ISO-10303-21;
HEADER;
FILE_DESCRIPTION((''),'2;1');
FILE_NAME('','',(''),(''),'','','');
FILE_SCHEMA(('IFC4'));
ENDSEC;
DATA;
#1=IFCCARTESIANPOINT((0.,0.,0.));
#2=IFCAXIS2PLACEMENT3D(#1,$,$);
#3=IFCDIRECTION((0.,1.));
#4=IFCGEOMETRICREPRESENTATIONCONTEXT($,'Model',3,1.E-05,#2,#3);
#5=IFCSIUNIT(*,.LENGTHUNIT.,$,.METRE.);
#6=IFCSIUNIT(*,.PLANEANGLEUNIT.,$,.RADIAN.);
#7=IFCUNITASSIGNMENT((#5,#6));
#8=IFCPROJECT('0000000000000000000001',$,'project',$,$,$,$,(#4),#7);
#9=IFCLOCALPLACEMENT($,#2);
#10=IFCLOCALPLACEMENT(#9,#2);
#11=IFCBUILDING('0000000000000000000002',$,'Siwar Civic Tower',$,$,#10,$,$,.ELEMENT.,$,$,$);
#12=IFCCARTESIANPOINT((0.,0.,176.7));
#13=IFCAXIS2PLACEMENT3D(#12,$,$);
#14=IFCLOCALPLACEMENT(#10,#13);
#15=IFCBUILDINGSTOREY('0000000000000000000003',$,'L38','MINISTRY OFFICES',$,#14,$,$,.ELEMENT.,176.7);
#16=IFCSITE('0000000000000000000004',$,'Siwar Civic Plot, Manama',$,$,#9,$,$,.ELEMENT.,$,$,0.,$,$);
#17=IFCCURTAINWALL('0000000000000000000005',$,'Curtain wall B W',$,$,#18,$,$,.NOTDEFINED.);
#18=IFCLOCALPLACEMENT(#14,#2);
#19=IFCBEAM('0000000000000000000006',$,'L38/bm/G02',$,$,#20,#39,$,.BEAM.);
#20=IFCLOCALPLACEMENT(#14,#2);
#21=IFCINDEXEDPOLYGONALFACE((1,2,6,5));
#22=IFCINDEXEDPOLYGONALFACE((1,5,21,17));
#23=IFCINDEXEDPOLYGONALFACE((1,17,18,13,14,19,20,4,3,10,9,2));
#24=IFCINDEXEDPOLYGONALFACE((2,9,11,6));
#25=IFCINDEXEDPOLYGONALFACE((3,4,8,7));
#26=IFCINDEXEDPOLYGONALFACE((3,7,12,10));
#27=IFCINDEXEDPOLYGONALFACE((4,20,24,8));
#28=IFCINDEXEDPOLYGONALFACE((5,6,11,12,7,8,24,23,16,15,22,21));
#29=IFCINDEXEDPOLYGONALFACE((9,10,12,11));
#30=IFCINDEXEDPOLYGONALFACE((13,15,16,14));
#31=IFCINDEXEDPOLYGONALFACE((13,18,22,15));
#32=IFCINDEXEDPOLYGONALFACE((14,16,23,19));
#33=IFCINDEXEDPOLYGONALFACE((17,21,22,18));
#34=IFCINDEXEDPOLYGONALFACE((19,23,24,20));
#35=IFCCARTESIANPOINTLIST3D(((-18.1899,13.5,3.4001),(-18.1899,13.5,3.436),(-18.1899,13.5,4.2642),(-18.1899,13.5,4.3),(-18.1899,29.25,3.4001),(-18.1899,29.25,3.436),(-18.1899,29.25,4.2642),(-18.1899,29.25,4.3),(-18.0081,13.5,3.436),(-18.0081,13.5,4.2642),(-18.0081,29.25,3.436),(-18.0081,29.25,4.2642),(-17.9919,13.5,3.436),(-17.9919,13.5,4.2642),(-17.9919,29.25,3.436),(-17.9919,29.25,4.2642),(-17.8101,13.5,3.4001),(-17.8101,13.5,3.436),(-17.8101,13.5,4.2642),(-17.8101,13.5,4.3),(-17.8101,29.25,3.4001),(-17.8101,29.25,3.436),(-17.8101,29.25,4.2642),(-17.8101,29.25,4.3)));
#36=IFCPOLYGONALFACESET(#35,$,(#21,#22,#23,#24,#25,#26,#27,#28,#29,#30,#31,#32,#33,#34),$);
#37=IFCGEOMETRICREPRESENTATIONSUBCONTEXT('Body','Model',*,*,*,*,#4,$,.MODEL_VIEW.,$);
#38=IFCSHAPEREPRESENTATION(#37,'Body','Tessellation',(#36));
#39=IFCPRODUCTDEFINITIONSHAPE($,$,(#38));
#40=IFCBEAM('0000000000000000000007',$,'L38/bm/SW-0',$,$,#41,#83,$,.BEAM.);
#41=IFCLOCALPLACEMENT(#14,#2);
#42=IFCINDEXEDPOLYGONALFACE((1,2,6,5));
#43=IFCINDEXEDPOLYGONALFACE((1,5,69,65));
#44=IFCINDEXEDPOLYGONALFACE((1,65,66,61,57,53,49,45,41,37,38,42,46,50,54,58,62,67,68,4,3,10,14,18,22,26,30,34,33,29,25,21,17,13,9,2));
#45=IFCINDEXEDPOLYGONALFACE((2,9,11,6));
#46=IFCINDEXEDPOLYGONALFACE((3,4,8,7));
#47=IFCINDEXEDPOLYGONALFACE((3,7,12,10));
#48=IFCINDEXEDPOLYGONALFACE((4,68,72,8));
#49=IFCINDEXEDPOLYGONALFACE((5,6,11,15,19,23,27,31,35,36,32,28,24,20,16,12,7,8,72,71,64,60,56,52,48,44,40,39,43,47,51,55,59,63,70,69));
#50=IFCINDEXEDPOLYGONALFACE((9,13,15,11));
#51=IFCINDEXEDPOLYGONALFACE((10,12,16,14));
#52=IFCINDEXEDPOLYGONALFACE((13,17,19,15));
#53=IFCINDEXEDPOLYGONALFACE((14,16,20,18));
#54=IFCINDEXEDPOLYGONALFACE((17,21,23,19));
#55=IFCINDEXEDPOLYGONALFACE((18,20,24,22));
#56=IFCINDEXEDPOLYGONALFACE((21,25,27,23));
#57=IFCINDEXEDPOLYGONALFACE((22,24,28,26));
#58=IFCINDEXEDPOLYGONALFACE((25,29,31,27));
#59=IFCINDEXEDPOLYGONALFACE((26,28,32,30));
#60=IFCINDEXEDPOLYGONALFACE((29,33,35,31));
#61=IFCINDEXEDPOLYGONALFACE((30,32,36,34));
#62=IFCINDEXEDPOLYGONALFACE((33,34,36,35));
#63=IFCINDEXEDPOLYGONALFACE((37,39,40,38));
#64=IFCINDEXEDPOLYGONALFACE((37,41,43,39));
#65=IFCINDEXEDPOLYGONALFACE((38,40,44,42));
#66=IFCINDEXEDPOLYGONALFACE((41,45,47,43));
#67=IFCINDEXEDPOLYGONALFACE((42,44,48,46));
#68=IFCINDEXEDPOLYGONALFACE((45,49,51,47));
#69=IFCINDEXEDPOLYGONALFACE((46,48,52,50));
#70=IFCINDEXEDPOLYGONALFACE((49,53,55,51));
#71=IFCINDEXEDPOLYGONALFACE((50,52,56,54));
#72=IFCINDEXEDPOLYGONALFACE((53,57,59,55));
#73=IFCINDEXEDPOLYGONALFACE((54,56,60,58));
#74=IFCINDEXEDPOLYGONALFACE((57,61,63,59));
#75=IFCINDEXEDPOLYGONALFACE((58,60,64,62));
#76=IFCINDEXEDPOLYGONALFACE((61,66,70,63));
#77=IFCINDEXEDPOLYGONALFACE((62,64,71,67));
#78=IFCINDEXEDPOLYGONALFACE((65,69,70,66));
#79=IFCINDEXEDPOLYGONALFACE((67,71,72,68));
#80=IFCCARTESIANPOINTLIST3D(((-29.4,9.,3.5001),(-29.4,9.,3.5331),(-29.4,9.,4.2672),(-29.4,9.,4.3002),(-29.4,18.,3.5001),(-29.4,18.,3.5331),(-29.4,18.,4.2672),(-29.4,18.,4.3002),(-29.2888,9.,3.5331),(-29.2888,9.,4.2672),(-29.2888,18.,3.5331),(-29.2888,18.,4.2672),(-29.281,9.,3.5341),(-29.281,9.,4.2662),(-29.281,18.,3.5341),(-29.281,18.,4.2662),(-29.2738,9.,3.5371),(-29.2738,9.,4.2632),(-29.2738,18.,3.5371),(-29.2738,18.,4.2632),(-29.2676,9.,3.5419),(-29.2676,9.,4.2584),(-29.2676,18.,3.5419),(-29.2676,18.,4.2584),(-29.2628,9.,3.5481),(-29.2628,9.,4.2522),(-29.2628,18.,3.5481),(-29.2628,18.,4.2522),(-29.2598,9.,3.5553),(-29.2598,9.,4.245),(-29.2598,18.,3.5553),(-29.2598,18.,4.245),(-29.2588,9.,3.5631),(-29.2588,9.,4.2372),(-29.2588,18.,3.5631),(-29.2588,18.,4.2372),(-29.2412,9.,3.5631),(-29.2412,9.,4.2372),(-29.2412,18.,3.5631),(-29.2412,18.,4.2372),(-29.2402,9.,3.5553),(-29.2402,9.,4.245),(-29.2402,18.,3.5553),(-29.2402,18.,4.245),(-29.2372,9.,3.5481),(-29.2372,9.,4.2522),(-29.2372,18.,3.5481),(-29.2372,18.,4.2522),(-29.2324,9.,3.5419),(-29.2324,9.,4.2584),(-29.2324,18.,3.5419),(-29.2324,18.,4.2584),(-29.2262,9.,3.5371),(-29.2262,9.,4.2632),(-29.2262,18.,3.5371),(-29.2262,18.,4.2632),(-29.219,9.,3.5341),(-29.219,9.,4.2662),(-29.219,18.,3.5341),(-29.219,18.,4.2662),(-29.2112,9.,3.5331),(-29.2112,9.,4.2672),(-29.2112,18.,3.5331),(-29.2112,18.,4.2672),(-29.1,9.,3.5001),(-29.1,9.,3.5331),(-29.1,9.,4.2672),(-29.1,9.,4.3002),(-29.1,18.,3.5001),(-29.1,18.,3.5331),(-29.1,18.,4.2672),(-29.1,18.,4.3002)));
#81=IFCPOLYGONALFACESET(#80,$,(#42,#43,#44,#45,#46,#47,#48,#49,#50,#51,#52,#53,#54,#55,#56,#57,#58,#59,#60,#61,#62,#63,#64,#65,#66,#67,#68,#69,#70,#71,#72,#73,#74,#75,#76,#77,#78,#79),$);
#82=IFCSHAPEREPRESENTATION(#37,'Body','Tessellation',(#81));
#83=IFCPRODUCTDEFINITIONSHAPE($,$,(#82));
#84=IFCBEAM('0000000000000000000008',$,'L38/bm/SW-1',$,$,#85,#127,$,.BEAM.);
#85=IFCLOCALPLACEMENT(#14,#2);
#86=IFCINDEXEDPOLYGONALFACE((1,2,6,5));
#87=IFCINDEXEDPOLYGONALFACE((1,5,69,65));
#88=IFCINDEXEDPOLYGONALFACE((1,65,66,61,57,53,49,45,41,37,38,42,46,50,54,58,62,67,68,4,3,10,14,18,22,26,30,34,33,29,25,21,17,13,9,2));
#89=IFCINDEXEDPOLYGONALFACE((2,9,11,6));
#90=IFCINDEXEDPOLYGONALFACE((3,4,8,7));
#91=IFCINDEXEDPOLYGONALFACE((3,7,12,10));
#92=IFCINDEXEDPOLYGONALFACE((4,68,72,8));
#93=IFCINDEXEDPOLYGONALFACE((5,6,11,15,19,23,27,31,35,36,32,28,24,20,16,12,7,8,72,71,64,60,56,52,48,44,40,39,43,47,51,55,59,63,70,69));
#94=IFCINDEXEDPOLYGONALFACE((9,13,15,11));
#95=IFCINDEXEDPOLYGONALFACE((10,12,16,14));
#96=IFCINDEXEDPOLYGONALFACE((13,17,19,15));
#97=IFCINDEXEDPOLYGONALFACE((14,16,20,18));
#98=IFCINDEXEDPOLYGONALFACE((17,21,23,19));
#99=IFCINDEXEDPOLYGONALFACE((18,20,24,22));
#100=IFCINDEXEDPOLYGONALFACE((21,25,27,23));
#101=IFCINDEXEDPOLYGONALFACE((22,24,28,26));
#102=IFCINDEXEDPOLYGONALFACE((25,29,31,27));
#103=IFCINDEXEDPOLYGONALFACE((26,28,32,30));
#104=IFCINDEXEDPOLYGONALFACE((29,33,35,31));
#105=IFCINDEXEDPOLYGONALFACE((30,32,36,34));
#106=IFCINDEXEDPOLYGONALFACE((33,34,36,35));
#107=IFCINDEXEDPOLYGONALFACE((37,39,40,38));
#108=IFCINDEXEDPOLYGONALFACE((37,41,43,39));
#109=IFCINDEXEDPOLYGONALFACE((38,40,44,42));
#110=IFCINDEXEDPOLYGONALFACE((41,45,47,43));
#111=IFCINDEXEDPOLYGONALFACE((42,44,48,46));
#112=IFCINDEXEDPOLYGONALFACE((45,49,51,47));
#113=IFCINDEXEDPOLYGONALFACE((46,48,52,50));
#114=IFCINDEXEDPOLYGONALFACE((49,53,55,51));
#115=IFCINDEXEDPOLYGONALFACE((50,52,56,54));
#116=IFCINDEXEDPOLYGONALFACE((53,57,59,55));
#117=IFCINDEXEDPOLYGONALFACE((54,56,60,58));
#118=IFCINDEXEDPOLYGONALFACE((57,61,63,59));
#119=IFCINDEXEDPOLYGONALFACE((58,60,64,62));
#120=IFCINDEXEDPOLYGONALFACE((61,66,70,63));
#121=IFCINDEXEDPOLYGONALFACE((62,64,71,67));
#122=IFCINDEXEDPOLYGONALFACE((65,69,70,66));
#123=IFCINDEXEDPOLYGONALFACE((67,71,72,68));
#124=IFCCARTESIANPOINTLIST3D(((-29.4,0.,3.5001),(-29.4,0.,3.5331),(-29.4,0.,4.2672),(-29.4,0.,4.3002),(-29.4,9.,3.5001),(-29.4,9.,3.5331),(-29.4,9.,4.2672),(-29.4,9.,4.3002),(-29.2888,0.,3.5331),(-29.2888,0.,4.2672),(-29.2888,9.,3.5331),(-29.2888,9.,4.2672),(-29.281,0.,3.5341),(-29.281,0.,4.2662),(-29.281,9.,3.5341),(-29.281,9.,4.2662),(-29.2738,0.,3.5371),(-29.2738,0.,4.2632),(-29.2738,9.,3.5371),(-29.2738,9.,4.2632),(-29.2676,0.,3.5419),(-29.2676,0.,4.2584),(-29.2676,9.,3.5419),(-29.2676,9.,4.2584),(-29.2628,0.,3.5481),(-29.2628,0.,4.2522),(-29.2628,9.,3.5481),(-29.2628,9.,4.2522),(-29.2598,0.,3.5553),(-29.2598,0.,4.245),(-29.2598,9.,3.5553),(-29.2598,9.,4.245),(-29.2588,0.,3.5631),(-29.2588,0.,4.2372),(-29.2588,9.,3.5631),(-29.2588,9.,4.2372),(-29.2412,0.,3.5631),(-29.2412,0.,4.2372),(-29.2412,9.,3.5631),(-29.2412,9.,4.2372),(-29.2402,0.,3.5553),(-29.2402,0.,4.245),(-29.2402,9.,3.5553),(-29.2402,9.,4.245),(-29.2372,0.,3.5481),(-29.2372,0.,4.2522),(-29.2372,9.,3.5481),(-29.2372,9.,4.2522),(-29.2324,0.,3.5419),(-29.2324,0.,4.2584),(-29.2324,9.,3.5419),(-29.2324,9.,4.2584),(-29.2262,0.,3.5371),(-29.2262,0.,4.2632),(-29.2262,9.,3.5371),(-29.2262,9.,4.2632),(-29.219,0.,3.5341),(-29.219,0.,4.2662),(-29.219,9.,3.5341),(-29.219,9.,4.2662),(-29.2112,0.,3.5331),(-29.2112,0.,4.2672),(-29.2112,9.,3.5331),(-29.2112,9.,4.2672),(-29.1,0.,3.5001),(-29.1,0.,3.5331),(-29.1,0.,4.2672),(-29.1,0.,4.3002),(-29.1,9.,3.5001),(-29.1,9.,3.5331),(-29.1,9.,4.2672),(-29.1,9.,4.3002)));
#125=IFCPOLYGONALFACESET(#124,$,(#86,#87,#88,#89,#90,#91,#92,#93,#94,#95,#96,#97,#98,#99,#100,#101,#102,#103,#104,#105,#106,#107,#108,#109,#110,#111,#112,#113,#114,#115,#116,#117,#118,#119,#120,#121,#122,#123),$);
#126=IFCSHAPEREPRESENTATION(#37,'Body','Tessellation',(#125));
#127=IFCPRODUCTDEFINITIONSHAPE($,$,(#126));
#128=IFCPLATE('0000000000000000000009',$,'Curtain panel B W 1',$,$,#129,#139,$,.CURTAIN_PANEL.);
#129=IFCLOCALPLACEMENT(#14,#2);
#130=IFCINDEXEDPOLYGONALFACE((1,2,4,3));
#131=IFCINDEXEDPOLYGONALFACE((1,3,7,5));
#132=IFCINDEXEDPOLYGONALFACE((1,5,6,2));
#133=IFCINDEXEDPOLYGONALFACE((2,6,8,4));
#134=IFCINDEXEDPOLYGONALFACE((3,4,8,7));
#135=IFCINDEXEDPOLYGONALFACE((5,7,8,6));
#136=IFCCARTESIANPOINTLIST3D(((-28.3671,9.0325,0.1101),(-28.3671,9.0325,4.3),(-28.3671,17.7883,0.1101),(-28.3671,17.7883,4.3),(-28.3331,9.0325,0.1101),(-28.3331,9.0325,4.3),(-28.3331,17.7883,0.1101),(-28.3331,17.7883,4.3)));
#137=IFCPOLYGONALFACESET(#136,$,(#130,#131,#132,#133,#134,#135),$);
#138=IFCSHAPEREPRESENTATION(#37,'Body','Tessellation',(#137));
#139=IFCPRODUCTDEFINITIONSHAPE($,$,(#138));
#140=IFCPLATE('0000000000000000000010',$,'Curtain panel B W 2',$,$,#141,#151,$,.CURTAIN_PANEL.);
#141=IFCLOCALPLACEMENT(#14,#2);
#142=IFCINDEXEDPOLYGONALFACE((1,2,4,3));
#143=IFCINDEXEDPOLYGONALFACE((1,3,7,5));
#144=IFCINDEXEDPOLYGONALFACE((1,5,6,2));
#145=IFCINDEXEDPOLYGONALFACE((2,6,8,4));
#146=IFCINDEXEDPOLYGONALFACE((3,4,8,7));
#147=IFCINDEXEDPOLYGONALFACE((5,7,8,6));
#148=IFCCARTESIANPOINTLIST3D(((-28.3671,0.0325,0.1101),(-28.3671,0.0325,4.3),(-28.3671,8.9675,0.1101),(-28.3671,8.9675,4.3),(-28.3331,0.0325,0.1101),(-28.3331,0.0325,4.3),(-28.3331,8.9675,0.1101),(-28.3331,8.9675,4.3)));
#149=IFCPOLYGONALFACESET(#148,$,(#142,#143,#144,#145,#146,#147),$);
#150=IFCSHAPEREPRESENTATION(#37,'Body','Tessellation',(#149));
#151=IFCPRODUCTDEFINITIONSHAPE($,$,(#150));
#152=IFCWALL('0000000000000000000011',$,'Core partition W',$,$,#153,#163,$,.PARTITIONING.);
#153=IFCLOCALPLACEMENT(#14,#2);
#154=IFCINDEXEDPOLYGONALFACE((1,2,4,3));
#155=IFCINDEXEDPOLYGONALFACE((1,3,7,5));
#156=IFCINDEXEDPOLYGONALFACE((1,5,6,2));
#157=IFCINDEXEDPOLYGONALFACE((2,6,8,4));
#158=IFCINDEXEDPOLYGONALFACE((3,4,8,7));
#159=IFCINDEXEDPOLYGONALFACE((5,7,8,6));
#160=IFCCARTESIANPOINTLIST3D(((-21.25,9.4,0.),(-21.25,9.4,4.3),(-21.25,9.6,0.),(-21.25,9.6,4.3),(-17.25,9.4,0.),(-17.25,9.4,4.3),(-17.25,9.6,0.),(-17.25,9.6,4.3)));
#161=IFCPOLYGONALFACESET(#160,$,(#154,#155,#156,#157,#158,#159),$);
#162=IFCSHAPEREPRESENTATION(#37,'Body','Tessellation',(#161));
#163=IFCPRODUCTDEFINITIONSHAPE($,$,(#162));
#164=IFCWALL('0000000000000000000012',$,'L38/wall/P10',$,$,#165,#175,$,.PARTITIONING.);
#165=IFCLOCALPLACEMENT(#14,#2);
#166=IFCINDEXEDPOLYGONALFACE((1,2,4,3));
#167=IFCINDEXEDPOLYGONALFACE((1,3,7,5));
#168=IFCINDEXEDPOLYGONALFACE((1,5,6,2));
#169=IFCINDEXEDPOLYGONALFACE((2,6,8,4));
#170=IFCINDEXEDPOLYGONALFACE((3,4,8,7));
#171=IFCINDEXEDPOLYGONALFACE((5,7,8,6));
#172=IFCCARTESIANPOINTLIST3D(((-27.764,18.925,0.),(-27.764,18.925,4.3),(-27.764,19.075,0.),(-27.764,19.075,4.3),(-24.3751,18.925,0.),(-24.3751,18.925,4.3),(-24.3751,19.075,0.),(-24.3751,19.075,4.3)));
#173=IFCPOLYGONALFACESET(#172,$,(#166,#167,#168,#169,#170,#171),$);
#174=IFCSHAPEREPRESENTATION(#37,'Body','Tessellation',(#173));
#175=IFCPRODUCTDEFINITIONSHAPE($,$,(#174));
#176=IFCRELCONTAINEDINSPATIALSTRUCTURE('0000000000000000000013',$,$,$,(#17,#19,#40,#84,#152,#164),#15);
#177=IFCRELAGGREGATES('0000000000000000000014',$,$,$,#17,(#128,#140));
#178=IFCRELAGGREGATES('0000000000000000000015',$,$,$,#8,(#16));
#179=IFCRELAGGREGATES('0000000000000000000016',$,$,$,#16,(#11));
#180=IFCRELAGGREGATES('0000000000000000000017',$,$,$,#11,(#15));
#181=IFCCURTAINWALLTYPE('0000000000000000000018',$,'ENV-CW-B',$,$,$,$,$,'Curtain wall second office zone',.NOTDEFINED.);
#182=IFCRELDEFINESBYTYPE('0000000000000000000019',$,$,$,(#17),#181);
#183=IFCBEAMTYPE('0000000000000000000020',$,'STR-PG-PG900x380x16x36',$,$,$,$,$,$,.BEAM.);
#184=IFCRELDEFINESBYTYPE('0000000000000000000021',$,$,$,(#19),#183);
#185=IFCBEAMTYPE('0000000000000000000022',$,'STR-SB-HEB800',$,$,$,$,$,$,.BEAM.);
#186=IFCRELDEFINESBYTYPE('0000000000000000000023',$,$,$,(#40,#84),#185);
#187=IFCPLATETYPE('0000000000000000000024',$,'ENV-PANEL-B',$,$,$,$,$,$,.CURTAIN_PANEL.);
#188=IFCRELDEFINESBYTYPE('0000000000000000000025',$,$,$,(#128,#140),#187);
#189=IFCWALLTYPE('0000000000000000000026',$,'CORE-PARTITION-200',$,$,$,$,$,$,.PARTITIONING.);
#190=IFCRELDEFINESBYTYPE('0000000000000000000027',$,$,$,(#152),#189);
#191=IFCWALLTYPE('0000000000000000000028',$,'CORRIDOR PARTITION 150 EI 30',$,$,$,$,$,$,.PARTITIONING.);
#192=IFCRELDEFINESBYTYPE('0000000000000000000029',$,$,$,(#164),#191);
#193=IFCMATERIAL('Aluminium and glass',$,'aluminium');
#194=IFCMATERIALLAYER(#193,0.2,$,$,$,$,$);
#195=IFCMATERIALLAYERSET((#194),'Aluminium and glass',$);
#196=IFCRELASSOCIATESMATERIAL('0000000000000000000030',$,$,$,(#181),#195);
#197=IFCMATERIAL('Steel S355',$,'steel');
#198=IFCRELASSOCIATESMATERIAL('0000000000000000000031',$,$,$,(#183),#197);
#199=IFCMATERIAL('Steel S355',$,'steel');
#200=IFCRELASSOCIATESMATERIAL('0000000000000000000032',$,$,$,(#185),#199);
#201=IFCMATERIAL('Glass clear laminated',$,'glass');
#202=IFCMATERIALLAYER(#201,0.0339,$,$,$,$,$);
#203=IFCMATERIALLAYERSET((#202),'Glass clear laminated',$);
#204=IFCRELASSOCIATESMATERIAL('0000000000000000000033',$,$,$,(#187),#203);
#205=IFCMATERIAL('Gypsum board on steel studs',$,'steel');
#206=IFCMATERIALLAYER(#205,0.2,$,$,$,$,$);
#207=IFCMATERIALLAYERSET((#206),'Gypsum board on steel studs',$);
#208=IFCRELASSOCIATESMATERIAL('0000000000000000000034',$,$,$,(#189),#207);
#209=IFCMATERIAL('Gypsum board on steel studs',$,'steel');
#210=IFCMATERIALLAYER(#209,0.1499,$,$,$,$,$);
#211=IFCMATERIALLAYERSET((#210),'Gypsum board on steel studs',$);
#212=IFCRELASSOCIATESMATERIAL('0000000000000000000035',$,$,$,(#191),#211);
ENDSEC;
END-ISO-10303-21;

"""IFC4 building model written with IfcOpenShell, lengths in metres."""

from ifc_helpers import new_model, si_unit, direction, frame, frame_2d, origin, origin_2d, place, context, subcontext, project, spatial, rectangle, i_section, extrude, material, layer, layer_set, material_profile, profile_set, type_object, element, aggregate, save


model = new_model("IFC4")

# Units and contexts
model_context = context("Model", 3, precision=1e-05, world=origin(), true_north=direction((0.0, 1.0)))
body_context = subcontext(model_context, "Body", "Model", "MODEL_VIEW")
ifc_project = project(units=[si_unit("LENGTHUNIT", "METRE"), si_unit("PLANEANGLEUNIT", "RADIAN")], contexts=[model_context])

# Site, building, storey
site_placement = place(None, origin())
site = spatial("IfcSite", under=ifc_project, at=site_placement, Name="Siwar Civic Plot, Manama", CompositionType="ELEMENT", RefElevation=0.0)
building_placement = place(site_placement, origin())
building = spatial("IfcBuilding", under=site, at=building_placement, Name="Siwar Civic Tower", CompositionType="ELEMENT")
storey_placement = place(building_placement, frame((0.0, 0.0, 176.7)))
storey = spatial("IfcBuildingStorey", under=building, at=storey_placement, Name="L38", Description="MINISTRY OFFICES", CompositionType="ELEMENT", Elevation=176.7)

# Curtain wall
ifc_material_1 = material(Name="Aluminium and glass", Category="aluminium")
ifc_layer_1 = layer(ifc_material_1, 0.2)
ifc_layer_set_1 = layer_set([ifc_layer_1], Name="Aluminium and glass")
curtain_wall_type = type_object("IfcCurtainWallType", Name="ENV-CW-B", ElementType="Curtain wall second office zone", PredefinedType="NOTDEFINED", material=ifc_layer_set_1)
curtain_wall_placement = place(storey_placement, origin())
curtain_wall = element("IfcCurtainWall", 1, at=curtain_wall_placement, inside=storey, type_object=curtain_wall_type, Name="Curtain wall B W", PredefinedType="NOTDEFINED")

# Beams
ifc_material_2 = material(Name="Steel S355", Category="steel")
ifc_material_profile_1 = material_profile(ifc_material_2, i_section(OverallWidth=0.3799, OverallDepth=0.8999, WebThickness=0.0161, FlangeThickness=0.0359, at=origin_2d()), Name="PG900x380x16x36")
ifc_profile_set_1 = profile_set([ifc_material_profile_1], Name="Steel S355")
beam_type_1 = type_object("IfcBeamType", Name="STR-PG-PG900x380x16x36", PredefinedType="BEAM", material=ifc_profile_set_1)
beam_1_placement = place(storey_placement, frame((-18.0, 13.5, 3.8501), z_axis=(0.0, 1.0, 0.0), x_axis=(-1.0, 0.0, 0.0)))
element("IfcBeam", 2, at=beam_1_placement, inside=storey, type_object=beam_type_1, Name="L38/bm/G02", PredefinedType="BEAM", context=body_context, shape_type="SweptSolid", body=[
    extrude(i_section(OverallWidth=0.3799, OverallDepth=0.8999, WebThickness=0.0161, FlangeThickness=0.0359, at=origin_2d()), origin(), (0.0, 0.0, 1.0), 15.75),
])
ifc_material_3 = material(Name="Steel S355", Category="steel")
ifc_material_profile_2 = material_profile(ifc_material_3, i_section(OverallWidth=0.3, OverallDepth=0.8, WebThickness=0.0176, FlangeThickness=0.033, FilletRadius=0.03, at=origin_2d()), Name="HEB800")
ifc_profile_set_2 = profile_set([ifc_material_profile_2], Name="Steel S355")
beam_type_2 = type_object("IfcBeamType", Name="STR-SB-HEB800", PredefinedType="BEAM", material=ifc_profile_set_2)
for number, where, z_axis, x_axis, name in (
    (3, (-29.25, 18.0, 3.9001), (0.0, -1.0, 0.0), (1.0, 0.0, 0.0), "L38/bm/SW-0"),
    (4, (-29.25, 9.0, 3.9001), (0.0, -1.0, 0.0), (1.0, 0.0, 0.0), "L38/bm/SW-1"),
):
    element("IfcBeam", number, at=place(storey_placement, frame(where, z_axis=z_axis, x_axis=x_axis)), inside=storey, type_object=beam_type_2, Name=name, PredefinedType="BEAM", context=body_context, shape_type="SweptSolid", body=[
        extrude(i_section(OverallWidth=0.3, OverallDepth=0.8, WebThickness=0.0176, FlangeThickness=0.033, FilletRadius=0.03, at=origin_2d()), origin(), (0.0, 0.0, 1.0), 9.0),
    ])

# Plates
ifc_material_4 = material(Name="Glass clear laminated", Category="glass")
ifc_layer_2 = layer(ifc_material_4, 0.0339)
ifc_layer_set_2 = layer_set([ifc_layer_2], Name="Glass clear laminated")
plate_type = type_object("IfcPlateType", Name="ENV-PANEL-B", PredefinedType="CURTAIN_PANEL", material=ifc_layer_set_2)
plate_1_placement = place(storey_placement, frame((-28.3501, 13.4104, 0.1101), z_axis=(0.0, 0.0, 1.0), x_axis=(0.0, -1.0, 0.0)))
plate_1 = element("IfcPlate", 5, at=plate_1_placement, type_object=plate_type, Name="Curtain panel B W 1", PredefinedType="CURTAIN_PANEL", context=body_context, shape_type="SweptSolid", body=[
    extrude(rectangle(XDim=8.7559, YDim=0.0339, at=origin_2d()), origin(), (0.0, 0.0, 1.0), 4.1899),
])
plate_2_placement = place(storey_placement, frame((-28.3501, 4.5, 0.1101), z_axis=(0.0, 0.0, 1.0), x_axis=(0.0, -1.0, 0.0)))
plate_2 = element("IfcPlate", 6, at=plate_2_placement, type_object=plate_type, Name="Curtain panel B W 2", PredefinedType="CURTAIN_PANEL", context=body_context, shape_type="SweptSolid", body=[
    extrude(rectangle(XDim=8.9351, YDim=0.0339, at=origin_2d()), origin(), (0.0, 0.0, 1.0), 4.1899),
])
aggregate(curtain_wall, [plate_1, plate_2])

# Walls
ifc_material_5 = material(Name="Gypsum board on steel studs", Category="steel")
ifc_layer_3 = layer(ifc_material_5, 0.2)
ifc_layer_set_3 = layer_set([ifc_layer_3], Name="Gypsum board on steel studs")
wall_type_1 = type_object("IfcWallType", Name="CORE-PARTITION-200", PredefinedType="PARTITIONING", material=ifc_layer_set_3)
wall_1_placement = place(storey_placement, frame((-17.25, 9.5, 0.0), z_axis=(0.0, 0.0, 1.0), x_axis=(-1.0, 0.0, 0.0)))
element("IfcWall", 7, at=wall_1_placement, inside=storey, type_object=wall_type_1, Name="Core partition W", PredefinedType="PARTITIONING", context=body_context, shape_type="SweptSolid", body=[
    extrude(rectangle(XDim=4.0, YDim=0.2, at=frame_2d((2.0, 0.0))), origin(), (0.0, 0.0, 1.0), 4.3),
])
ifc_material_6 = material(Name="Gypsum board on steel studs", Category="steel")
ifc_layer_4 = layer(ifc_material_6, 0.1499)
ifc_layer_set_4 = layer_set([ifc_layer_4], Name="Gypsum board on steel studs")
wall_type_2 = type_object("IfcWallType", Name="CORRIDOR PARTITION 150 EI 30", PredefinedType="PARTITIONING", material=ifc_layer_set_4)
wall_2_placement = place(storey_placement, frame((-27.7639, 19.0, 0.0), z_axis=(0.0, 0.0, 1.0), x_axis=(1.0, 0.0, 0.0)))
element("IfcWall", 8, at=wall_2_placement, inside=storey, type_object=wall_type_2, Name="L38/wall/P10", PredefinedType="PARTITIONING", context=body_context, shape_type="SweptSolid", body=[
    extrude(rectangle(XDim=3.3889, YDim=0.1499, at=frame_2d((1.6943, 0.0))), origin(), (0.0, 0.0, 1.0), 4.3),
])

save(model, "model.ifc")
